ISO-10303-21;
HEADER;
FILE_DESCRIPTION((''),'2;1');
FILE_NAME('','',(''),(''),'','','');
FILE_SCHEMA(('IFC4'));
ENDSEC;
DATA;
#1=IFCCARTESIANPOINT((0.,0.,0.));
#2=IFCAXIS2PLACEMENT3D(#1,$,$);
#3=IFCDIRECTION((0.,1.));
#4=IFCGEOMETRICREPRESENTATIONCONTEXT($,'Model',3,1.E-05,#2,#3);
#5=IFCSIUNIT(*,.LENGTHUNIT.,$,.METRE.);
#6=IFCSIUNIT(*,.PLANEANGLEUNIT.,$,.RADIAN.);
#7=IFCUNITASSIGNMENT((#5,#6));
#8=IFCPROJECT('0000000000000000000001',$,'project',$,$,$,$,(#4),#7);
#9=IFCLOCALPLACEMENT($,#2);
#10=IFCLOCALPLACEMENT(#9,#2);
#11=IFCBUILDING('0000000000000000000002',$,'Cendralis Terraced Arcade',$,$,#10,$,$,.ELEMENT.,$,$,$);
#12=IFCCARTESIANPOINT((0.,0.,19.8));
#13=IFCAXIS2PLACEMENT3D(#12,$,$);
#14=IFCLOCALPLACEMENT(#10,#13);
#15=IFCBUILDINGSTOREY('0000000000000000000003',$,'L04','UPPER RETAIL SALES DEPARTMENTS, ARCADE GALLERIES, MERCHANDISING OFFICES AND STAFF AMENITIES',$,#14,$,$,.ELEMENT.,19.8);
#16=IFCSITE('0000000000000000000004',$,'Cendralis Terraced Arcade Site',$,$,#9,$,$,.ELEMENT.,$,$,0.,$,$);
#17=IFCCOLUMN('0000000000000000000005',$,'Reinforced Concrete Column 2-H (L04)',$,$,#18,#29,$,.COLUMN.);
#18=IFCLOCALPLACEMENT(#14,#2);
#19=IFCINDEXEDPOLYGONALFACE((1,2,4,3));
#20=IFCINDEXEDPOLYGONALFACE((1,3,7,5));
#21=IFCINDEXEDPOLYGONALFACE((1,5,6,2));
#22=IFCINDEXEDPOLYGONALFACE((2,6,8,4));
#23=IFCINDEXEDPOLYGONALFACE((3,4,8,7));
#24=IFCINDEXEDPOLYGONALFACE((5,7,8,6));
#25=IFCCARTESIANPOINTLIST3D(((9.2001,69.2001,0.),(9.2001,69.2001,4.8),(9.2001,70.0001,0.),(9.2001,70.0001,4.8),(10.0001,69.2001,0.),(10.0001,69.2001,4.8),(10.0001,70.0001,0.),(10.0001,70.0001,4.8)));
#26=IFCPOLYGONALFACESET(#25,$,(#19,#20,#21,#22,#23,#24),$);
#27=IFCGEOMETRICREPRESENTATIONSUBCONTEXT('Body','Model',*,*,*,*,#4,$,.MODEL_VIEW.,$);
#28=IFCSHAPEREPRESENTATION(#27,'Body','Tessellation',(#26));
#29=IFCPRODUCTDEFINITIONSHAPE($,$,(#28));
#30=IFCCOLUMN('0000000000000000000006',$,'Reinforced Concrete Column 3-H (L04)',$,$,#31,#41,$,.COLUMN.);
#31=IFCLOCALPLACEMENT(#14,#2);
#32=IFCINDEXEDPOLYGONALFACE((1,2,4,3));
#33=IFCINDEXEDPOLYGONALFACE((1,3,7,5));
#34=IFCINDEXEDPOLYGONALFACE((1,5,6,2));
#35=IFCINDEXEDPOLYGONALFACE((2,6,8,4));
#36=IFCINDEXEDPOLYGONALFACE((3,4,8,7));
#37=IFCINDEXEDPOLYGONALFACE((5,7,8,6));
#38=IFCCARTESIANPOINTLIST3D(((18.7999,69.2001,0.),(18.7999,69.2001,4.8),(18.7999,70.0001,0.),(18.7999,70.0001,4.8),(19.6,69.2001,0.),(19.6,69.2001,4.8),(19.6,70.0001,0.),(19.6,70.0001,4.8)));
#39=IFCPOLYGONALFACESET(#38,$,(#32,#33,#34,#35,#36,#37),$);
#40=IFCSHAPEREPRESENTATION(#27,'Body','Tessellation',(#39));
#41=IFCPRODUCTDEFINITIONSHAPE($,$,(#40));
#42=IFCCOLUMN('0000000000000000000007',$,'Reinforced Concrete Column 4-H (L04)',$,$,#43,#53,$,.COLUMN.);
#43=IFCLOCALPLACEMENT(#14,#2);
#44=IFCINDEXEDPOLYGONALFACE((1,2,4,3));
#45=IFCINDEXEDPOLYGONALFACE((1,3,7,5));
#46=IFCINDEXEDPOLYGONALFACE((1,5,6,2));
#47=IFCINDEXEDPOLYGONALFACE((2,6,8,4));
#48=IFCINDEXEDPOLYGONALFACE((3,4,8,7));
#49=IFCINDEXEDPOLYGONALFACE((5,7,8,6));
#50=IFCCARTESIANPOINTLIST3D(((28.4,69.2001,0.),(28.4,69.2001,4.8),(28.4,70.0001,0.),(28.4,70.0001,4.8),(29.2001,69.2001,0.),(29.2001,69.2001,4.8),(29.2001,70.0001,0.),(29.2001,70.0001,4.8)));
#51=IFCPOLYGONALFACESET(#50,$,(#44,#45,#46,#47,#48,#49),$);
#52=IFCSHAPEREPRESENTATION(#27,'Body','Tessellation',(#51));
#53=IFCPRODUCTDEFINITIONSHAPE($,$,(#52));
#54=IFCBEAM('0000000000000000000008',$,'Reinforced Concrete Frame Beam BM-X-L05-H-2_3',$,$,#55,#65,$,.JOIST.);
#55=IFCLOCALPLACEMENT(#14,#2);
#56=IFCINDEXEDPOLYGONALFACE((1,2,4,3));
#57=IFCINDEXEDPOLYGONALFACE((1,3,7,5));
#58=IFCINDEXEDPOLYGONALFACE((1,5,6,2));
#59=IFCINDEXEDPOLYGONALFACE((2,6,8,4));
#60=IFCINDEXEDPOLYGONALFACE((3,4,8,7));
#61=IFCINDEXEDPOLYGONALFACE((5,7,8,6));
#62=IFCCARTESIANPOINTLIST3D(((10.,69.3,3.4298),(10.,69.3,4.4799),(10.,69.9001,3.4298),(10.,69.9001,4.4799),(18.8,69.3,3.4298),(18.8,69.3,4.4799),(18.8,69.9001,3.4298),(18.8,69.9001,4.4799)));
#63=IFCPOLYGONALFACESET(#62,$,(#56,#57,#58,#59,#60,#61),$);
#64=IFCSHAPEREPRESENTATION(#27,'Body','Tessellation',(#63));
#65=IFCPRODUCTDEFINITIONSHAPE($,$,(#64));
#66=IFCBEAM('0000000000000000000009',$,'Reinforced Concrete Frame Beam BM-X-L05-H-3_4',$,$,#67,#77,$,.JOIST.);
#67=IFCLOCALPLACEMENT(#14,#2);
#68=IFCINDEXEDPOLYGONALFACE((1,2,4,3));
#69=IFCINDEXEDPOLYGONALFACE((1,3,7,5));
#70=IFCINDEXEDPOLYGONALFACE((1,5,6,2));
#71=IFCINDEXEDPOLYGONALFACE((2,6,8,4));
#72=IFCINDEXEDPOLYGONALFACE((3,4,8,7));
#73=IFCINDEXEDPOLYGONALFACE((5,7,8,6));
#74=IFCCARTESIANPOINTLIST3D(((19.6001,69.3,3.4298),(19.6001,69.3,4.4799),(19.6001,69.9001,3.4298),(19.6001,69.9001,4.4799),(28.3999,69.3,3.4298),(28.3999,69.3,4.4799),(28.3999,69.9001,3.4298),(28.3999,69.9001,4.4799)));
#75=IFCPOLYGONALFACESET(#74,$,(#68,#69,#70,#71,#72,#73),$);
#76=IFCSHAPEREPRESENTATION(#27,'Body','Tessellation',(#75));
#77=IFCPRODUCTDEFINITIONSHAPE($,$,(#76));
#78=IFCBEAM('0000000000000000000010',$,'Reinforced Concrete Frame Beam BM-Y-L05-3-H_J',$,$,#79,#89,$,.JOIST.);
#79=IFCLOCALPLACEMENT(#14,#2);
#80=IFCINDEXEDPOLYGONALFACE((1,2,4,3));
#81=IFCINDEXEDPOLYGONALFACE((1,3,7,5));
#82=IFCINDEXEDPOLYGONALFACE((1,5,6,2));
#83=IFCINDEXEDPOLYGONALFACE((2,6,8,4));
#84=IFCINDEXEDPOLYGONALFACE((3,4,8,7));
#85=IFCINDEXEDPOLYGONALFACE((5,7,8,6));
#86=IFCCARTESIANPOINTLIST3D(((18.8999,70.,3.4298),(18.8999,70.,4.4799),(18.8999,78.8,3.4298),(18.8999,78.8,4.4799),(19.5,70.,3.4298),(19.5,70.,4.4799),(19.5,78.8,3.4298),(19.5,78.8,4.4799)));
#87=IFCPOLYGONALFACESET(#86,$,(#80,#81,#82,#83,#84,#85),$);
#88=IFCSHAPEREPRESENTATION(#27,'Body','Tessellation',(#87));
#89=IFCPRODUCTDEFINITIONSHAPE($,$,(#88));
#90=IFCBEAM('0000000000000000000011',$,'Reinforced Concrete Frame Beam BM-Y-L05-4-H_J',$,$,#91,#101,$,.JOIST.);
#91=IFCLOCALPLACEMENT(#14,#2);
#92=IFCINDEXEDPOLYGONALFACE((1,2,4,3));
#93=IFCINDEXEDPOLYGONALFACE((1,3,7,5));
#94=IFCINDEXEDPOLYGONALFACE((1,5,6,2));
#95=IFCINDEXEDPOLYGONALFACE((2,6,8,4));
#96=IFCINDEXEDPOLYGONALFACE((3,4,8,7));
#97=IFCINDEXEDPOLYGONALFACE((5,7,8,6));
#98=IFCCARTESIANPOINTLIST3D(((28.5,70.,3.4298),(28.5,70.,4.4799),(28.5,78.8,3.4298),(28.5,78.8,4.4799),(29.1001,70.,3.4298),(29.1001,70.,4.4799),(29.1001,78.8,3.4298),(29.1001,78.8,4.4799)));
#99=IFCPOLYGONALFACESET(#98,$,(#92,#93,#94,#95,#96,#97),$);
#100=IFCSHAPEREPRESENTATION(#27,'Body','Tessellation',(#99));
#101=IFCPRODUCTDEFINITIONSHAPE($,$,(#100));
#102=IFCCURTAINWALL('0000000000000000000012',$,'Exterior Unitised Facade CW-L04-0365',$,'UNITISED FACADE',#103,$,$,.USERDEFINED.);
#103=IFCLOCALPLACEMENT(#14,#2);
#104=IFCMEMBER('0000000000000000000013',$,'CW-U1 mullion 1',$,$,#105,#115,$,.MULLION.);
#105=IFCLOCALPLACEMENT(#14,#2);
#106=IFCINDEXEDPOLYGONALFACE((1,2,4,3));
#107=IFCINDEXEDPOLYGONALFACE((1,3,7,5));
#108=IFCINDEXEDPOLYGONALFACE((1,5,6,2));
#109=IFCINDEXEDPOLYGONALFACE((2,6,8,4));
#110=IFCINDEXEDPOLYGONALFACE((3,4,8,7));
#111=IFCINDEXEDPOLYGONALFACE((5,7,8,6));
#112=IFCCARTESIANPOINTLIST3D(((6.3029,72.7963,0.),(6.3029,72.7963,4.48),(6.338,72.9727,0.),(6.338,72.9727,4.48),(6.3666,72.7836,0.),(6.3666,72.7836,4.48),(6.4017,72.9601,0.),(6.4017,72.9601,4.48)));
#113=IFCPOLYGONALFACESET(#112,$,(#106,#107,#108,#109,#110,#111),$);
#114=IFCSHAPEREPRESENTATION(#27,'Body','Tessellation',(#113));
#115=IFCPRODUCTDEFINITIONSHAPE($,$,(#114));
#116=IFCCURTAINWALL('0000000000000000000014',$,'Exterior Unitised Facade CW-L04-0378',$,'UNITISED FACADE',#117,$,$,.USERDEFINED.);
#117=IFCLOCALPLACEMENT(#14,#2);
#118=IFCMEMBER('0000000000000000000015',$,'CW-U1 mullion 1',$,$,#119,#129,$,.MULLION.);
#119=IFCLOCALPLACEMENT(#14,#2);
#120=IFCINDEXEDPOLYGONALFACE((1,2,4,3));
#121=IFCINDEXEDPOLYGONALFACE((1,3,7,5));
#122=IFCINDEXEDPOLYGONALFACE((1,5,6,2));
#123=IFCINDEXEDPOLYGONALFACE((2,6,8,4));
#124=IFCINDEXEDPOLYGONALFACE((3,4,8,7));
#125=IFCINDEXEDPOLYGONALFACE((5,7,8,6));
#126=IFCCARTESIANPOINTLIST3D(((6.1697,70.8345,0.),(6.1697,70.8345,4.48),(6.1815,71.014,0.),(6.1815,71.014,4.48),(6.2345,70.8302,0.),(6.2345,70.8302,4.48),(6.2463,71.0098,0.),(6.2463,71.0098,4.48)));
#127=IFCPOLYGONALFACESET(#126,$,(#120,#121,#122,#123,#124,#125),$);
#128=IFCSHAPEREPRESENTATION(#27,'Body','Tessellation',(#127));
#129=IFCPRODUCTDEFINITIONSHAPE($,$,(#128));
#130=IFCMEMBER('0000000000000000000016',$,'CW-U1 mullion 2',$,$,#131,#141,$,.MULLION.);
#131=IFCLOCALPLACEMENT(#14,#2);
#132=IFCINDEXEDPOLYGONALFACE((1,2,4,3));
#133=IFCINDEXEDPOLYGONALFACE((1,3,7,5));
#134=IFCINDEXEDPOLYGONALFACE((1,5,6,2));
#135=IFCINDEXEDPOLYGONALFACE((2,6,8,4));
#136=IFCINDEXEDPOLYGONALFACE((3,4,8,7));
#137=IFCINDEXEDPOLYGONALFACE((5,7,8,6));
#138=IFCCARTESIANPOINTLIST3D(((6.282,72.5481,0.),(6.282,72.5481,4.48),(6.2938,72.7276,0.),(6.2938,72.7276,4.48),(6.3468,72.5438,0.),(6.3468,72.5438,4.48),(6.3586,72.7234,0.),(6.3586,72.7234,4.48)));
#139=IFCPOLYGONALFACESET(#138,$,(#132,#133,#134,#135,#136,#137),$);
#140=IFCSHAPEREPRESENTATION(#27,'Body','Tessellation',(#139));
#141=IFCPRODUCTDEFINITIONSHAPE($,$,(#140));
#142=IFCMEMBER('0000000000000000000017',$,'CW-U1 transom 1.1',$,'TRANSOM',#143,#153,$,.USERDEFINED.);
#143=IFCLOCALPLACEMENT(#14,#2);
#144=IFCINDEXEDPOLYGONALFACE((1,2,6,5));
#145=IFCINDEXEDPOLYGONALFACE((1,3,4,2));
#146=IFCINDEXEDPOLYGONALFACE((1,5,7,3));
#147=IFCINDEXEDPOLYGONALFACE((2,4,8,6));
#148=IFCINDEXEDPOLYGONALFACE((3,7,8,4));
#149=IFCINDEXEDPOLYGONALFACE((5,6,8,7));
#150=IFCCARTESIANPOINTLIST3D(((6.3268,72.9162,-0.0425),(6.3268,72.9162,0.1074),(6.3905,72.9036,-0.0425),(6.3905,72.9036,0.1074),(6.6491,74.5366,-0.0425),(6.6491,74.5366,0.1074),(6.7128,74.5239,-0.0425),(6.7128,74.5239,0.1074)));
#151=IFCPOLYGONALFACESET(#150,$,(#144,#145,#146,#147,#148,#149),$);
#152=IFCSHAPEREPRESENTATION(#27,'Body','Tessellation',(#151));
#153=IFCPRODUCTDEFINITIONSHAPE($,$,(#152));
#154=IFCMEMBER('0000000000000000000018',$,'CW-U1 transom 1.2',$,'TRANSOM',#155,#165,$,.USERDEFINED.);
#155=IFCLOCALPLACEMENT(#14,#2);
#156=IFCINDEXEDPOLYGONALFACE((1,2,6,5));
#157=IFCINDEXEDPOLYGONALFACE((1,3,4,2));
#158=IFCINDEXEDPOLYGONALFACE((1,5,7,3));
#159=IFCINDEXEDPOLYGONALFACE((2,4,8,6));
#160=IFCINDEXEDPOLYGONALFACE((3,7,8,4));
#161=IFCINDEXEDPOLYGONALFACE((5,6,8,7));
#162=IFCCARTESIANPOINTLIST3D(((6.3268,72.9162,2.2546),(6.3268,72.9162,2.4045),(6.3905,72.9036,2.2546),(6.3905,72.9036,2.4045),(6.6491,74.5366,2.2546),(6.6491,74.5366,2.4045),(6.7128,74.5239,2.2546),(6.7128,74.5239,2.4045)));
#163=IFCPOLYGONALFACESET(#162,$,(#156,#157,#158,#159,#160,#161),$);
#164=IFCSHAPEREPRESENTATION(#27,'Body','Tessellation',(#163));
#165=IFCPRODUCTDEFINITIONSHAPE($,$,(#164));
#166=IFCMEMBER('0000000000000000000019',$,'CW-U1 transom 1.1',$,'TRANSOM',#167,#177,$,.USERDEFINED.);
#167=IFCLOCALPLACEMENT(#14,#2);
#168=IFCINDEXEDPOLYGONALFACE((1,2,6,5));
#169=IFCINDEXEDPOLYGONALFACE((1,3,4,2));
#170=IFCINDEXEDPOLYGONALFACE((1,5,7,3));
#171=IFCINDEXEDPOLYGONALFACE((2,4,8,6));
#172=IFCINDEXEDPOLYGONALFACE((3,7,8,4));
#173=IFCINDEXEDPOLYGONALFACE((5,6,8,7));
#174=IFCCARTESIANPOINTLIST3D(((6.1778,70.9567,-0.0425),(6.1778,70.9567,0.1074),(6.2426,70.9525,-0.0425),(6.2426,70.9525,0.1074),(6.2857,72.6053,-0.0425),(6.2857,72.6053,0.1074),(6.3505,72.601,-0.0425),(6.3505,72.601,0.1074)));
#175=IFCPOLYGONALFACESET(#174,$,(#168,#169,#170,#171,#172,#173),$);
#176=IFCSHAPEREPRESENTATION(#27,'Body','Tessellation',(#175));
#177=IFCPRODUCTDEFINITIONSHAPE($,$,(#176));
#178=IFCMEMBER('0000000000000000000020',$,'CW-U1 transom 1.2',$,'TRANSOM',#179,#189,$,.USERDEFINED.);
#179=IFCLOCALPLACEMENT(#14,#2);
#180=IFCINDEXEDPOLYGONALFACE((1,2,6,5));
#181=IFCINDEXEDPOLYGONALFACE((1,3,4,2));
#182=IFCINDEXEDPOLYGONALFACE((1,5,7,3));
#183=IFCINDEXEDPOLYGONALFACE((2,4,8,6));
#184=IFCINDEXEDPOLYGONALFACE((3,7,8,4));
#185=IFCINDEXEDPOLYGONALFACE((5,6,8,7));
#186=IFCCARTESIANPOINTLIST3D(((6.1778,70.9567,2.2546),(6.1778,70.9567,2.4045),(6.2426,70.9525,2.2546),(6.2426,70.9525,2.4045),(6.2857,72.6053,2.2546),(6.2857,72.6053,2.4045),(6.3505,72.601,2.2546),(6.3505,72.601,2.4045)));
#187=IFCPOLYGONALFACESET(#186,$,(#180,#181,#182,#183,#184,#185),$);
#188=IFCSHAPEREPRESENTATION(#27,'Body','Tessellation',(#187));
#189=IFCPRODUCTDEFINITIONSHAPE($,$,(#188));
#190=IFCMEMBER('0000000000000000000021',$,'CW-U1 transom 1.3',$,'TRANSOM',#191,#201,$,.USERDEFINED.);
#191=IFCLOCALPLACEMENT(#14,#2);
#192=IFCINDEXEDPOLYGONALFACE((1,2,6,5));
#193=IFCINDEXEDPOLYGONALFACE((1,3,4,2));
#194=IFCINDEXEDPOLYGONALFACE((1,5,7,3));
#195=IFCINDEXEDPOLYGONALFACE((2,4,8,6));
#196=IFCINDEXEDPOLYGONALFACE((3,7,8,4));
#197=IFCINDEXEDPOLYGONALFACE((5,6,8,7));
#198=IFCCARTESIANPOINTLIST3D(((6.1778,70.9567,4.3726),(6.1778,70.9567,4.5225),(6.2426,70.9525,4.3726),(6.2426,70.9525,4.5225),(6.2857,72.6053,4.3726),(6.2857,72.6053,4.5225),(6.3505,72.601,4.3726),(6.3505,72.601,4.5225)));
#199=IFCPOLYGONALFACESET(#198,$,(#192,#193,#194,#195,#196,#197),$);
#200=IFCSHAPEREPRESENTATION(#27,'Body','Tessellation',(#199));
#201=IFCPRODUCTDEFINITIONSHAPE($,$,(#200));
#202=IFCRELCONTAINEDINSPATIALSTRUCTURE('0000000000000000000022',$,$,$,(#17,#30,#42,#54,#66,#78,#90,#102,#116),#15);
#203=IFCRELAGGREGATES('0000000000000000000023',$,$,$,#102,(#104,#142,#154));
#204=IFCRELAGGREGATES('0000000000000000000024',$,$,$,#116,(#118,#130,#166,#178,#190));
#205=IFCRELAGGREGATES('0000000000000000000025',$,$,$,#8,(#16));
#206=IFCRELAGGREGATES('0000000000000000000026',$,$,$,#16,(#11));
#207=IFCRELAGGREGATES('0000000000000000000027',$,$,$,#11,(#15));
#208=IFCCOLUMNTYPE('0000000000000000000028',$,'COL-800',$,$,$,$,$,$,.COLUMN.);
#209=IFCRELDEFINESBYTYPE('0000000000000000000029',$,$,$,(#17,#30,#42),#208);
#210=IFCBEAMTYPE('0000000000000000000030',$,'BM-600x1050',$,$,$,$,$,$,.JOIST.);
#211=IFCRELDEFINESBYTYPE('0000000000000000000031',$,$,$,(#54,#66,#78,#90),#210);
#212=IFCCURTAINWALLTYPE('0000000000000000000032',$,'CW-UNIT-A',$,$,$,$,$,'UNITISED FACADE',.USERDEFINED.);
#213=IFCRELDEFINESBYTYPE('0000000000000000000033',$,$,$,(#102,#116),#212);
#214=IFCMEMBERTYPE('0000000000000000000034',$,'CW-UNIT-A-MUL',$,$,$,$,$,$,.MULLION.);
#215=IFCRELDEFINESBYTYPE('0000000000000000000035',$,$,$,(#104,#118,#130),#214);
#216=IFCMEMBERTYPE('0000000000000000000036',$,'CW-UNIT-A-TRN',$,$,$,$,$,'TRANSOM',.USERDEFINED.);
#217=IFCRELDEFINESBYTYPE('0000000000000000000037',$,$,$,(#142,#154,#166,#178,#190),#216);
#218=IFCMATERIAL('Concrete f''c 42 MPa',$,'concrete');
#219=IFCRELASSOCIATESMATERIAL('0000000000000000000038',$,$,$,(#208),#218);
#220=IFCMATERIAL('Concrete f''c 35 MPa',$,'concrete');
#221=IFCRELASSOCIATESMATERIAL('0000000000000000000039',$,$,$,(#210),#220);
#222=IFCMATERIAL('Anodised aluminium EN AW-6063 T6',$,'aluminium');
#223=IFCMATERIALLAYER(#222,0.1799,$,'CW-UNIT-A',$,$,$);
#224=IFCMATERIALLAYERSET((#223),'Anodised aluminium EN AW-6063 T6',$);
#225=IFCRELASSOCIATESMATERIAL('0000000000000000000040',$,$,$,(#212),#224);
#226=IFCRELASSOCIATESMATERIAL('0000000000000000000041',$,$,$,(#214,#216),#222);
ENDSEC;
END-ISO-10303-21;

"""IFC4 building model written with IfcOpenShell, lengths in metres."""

from ifc_helpers import new_model, si_unit, direction, frame, origin, origin_2d, place, context, subcontext, project, spatial, rectangle, extrude, material, layer, layer_set, material_profile, profile_set, type_object, element, aggregate, save


model = new_model("IFC4")

# Units and contexts
model_context = context("Model", 3, precision=1e-05, world=origin(), true_north=direction((0.0, 1.0)))
body_context = subcontext(model_context, "Body", "Model", "MODEL_VIEW")
ifc_project = project(units=[si_unit("LENGTHUNIT", "METRE"), si_unit("PLANEANGLEUNIT", "RADIAN")], contexts=[model_context])

# Site, building, storey
site_placement = place(None, origin())
site = spatial("IfcSite", under=ifc_project, at=site_placement, Name="Cendralis Terraced Arcade Site", CompositionType="ELEMENT", RefElevation=0.0)
building_placement = place(site_placement, origin())
building = spatial("IfcBuilding", under=site, at=building_placement, Name="Cendralis Terraced Arcade", CompositionType="ELEMENT")
storey_placement = place(building_placement, frame((0.0, 0.0, 19.8)))
storey = spatial("IfcBuildingStorey", under=building, at=storey_placement, Name="L04", Description="UPPER RETAIL SALES DEPARTMENTS, ARCADE GALLERIES, MERCHANDISING OFFICES AND STAFF AMENITIES", CompositionType="ELEMENT", Elevation=19.8)

# Columns
ifc_material_1 = material(Name="Concrete f'c 42 MPa", Category="concrete")
ifc_material_profile_1 = material_profile(ifc_material_1, rectangle(XDim=0.8, YDim=0.8, at=origin_2d()), Name="RC-COL-800x800", Category="LoadBearing")
ifc_profile_set_1 = profile_set([ifc_material_profile_1], Name="Concrete f'c 42 MPa")
column_type = type_object("IfcColumnType", Name="COL-800", PredefinedType="COLUMN", material=ifc_profile_set_1)
for number, where, z_axis, x_axis, name in (
    (1, (9.6001, 69.6001, 0.0), (0.0, 0.0, 1.0), (1.0, 0.0, 0.0), "Reinforced Concrete Column 2-H (L04)"),
    (2, (19.2, 69.6001, 0.0), (0.0, 0.0, 1.0), (1.0, 0.0, 0.0), "Reinforced Concrete Column 3-H (L04)"),
    (3, (28.8, 69.6001, 0.0), (0.0, 0.0, 1.0), (1.0, 0.0, 0.0), "Reinforced Concrete Column 4-H (L04)"),
):
    element("IfcColumn", number, at=place(storey_placement, frame(where, z_axis=z_axis, x_axis=x_axis)), inside=storey, type_object=column_type, Name=name, PredefinedType="COLUMN", context=body_context, shape_type="SweptSolid", body=[
        extrude(rectangle(XDim=0.8, YDim=0.8, at=origin_2d()), origin(), (0.0, 0.0, 1.0), 4.8),
    ])

# Beams
ifc_material_2 = material(Name="Concrete f'c 35 MPa", Category="concrete")
ifc_material_profile_2 = material_profile(ifc_material_2, rectangle(XDim=0.6001, YDim=1.05, at=origin_2d()), Name="RC-BM-600x1050", Category="LoadBearing")
ifc_profile_set_2 = profile_set([ifc_material_profile_2], Name="Concrete f'c 35 MPa")
beam_type = type_object("IfcBeamType", Name="BM-600x1050", PredefinedType="JOIST", material=ifc_profile_set_2)
beam_1_placement = place(storey_placement, frame((10.0, 69.6001, 3.9548), z_axis=(1.0, 0.0, 0.0), x_axis=(0.0, 1.0, 0.0)))
element("IfcBeam", 4, at=beam_1_placement, inside=storey, type_object=beam_type, Name="Reinforced Concrete Frame Beam BM-X-L05-H-2_3", PredefinedType="JOIST", context=body_context, shape_type="SweptSolid", body=[
    extrude(rectangle(XDim=0.6001, YDim=1.05, at=origin_2d()), origin(), (0.0, 0.0, 1.0), 8.8),
])
beam_2_placement = place(storey_placement, frame((19.6001, 69.6001, 3.9548), z_axis=(1.0, 0.0, 0.0), x_axis=(0.0, 1.0, 0.0)))
element("IfcBeam", 5, at=beam_2_placement, inside=storey, type_object=beam_type, Name="Reinforced Concrete Frame Beam BM-X-L05-H-3_4", PredefinedType="JOIST", context=body_context, shape_type="SweptSolid", body=[
    extrude(rectangle(XDim=0.6001, YDim=1.05, at=origin_2d()), origin(), (0.0, 0.0, 1.0), 8.7998),
])
for number, where, z_axis, x_axis, name in (
    (6, (19.2, 70.0, 3.9548), (0.0, 1.0, 0.0), (-1.0, 0.0, 0.0), "Reinforced Concrete Frame Beam BM-Y-L05-3-H_J"),
    (7, (28.8, 70.0, 3.9548), (0.0, 1.0, 0.0), (-1.0, 0.0, 0.0), "Reinforced Concrete Frame Beam BM-Y-L05-4-H_J"),
):
    element("IfcBeam", number, at=place(storey_placement, frame(where, z_axis=z_axis, x_axis=x_axis)), inside=storey, type_object=beam_type, Name=name, PredefinedType="JOIST", context=body_context, shape_type="SweptSolid", body=[
        extrude(rectangle(XDim=0.6001, YDim=1.05, at=origin_2d()), origin(), (0.0, 0.0, 1.0), 8.8),
    ])

# Curtain wall, member
ifc_material_3 = material(Name="Anodised aluminium EN AW-6063 T6", Category="aluminium")
ifc_layer_1 = layer(ifc_material_3, 0.1799, Name="CW-UNIT-A")
ifc_layer_set_1 = layer_set([ifc_layer_1], Name="Anodised aluminium EN AW-6063 T6")
curtain_wall_type = type_object("IfcCurtainWallType", Name="CW-UNIT-A", ElementType="UNITISED FACADE", PredefinedType="USERDEFINED", material=ifc_layer_set_1)
curtain_wall_1_placement = place(storey_placement, origin())
curtain_wall_1 = element("IfcCurtainWall", 8, at=curtain_wall_1_placement, inside=storey, type_object=curtain_wall_type, Name="Exterior Unitised Facade CW-L04-0365", ObjectType="UNITISED FACADE", PredefinedType="USERDEFINED")
ifc_material_profile_3 = material_profile(ifc_material_3, rectangle(XDim=0.0649, YDim=0.1799, at=origin_2d()), Name="ALU-MUL-65x180")
ifc_profile_set_3 = profile_set([ifc_material_profile_3], Name="Anodised aluminium EN AW-6063 T6")
member_type_1 = type_object("IfcMemberType", Name="CW-UNIT-A-MUL", PredefinedType="MULLION", material=ifc_profile_set_3)
member_1_placement = place(storey_placement, frame((6.3523, 72.8782, 0.0), z_axis=(0.0, 0.0, 1.0), x_axis=(-0.980792, 0.195058, 0.0)))
member_1 = element("IfcMember", 9, at=member_1_placement, type_object=member_type_1, Name="CW-U1 mullion 1", PredefinedType="MULLION", context=body_context, shape_type="SweptSolid", body=[
    extrude(rectangle(XDim=0.0649, YDim=0.1799, at=origin_2d()), origin(), (0.0, 0.0, 1.0), 4.48),
])

# Curtain wall, members
curtain_wall_2_placement = place(storey_placement, origin())
curtain_wall_2 = element("IfcCurtainWall", 10, at=curtain_wall_2_placement, inside=storey, type_object=curtain_wall_type, Name="Exterior Unitised Facade CW-L04-0378", ObjectType="UNITISED FACADE", PredefinedType="USERDEFINED")
member_2_placement = place(storey_placement, frame((6.208, 70.9221, 0.0), z_axis=(0.0, 0.0, 1.0), x_axis=(-0.997861, 0.065372, 0.0)))
member_2 = element("IfcMember", 11, at=member_2_placement, type_object=member_type_1, Name="CW-U1 mullion 1", PredefinedType="MULLION", context=body_context, shape_type="SweptSolid", body=[
    extrude(rectangle(XDim=0.0649, YDim=0.1799, at=origin_2d()), origin(), (0.0, 0.0, 1.0), 4.48),
])
member_3_placement = place(storey_placement, frame((6.3203, 72.6357, 0.0), z_axis=(0.0, 0.0, 1.0), x_axis=(-0.997861, 0.065372, 0.0)))
member_3 = element("IfcMember", 12, at=member_3_placement, type_object=member_type_1, Name="CW-U1 mullion 2", PredefinedType="MULLION", context=body_context, shape_type="SweptSolid", body=[
    extrude(rectangle(XDim=0.0649, YDim=0.1799, at=origin_2d()), origin(), (0.0, 0.0, 1.0), 4.48),
])

# Members
ifc_material_profile_4 = material_profile(ifc_material_3, rectangle(XDim=0.0649, YDim=0.1499, at=origin_2d()), Name="ALU-TRN-65x150")
ifc_profile_set_4 = profile_set([ifc_material_profile_4], Name="Anodised aluminium EN AW-6063 T6")
member_type_2 = type_object("IfcMemberType", Name="CW-UNIT-A-TRN", ElementType="TRANSOM", PredefinedType="USERDEFINED", material=ifc_profile_set_4)
member_4_placement = place(storey_placement, frame((6.3586, 72.9099, 0.0325), z_axis=(0.195065, 0.98079, 0.0), x_axis=(-0.98079, 0.195065, 0.0)))
member_4 = element("IfcMember", 13, at=member_4_placement, type_object=member_type_2, Name="CW-U1 transom 1.1", ObjectType="TRANSOM", PredefinedType="USERDEFINED", context=body_context, shape_type="SweptSolid", body=[
    extrude(rectangle(XDim=0.0649, YDim=0.1499, at=origin_2d()), origin(), (0.0, 0.0, 1.0), 1.6521),
])
member_5_placement = place(storey_placement, frame((6.3586, 72.9099, 2.3296), z_axis=(0.195065, 0.98079, 0.0), x_axis=(-0.98079, 0.195065, 0.0)))
member_5 = element("IfcMember", 14, at=member_5_placement, type_object=member_type_2, Name="CW-U1 transom 1.2", ObjectType="TRANSOM", PredefinedType="USERDEFINED", context=body_context, shape_type="SweptSolid", body=[
    extrude(rectangle(XDim=0.0649, YDim=0.1499, at=origin_2d()), origin(), (0.0, 0.0, 1.0), 1.6521),
])
aggregate(curtain_wall_1, [member_1, member_4, member_5])
member_6_placement = place(storey_placement, frame((6.2102, 70.9546, 0.0325), z_axis=(0.065313, 0.997865, 0.0), x_axis=(-0.997865, 0.065313, 0.0)))
member_6 = element("IfcMember", 15, at=member_6_placement, type_object=member_type_2, Name="CW-U1 transom 1.1", ObjectType="TRANSOM", PredefinedType="USERDEFINED", context=body_context, shape_type="SweptSolid", body=[
    extrude(rectangle(XDim=0.0649, YDim=0.1499, at=origin_2d()), origin(), (0.0, 0.0, 1.0), 1.6521),
])
member_7_placement = place(storey_placement, frame((6.2102, 70.9546, 2.3296), z_axis=(0.065313, 0.997865, 0.0), x_axis=(-0.997865, 0.065313, 0.0)))
member_7 = element("IfcMember", 16, at=member_7_placement, type_object=member_type_2, Name="CW-U1 transom 1.2", ObjectType="TRANSOM", PredefinedType="USERDEFINED", context=body_context, shape_type="SweptSolid", body=[
    extrude(rectangle(XDim=0.0649, YDim=0.1499, at=origin_2d()), origin(), (0.0, 0.0, 1.0), 1.6521),
])
member_8_placement = place(storey_placement, frame((6.2102, 70.9546, 4.4475), z_axis=(0.065313, 0.997865, 0.0), x_axis=(-0.997865, 0.065313, 0.0)))
member_8 = element("IfcMember", 17, at=member_8_placement, type_object=member_type_2, Name="CW-U1 transom 1.3", ObjectType="TRANSOM", PredefinedType="USERDEFINED", context=body_context, shape_type="SweptSolid", body=[
    extrude(rectangle(XDim=0.0649, YDim=0.1499, at=origin_2d()), origin(), (0.0, 0.0, 1.0), 1.6521),
])

aggregate(curtain_wall_2, [member_2, member_3, member_6, member_7, member_8])

save(model, "model.ifc")
